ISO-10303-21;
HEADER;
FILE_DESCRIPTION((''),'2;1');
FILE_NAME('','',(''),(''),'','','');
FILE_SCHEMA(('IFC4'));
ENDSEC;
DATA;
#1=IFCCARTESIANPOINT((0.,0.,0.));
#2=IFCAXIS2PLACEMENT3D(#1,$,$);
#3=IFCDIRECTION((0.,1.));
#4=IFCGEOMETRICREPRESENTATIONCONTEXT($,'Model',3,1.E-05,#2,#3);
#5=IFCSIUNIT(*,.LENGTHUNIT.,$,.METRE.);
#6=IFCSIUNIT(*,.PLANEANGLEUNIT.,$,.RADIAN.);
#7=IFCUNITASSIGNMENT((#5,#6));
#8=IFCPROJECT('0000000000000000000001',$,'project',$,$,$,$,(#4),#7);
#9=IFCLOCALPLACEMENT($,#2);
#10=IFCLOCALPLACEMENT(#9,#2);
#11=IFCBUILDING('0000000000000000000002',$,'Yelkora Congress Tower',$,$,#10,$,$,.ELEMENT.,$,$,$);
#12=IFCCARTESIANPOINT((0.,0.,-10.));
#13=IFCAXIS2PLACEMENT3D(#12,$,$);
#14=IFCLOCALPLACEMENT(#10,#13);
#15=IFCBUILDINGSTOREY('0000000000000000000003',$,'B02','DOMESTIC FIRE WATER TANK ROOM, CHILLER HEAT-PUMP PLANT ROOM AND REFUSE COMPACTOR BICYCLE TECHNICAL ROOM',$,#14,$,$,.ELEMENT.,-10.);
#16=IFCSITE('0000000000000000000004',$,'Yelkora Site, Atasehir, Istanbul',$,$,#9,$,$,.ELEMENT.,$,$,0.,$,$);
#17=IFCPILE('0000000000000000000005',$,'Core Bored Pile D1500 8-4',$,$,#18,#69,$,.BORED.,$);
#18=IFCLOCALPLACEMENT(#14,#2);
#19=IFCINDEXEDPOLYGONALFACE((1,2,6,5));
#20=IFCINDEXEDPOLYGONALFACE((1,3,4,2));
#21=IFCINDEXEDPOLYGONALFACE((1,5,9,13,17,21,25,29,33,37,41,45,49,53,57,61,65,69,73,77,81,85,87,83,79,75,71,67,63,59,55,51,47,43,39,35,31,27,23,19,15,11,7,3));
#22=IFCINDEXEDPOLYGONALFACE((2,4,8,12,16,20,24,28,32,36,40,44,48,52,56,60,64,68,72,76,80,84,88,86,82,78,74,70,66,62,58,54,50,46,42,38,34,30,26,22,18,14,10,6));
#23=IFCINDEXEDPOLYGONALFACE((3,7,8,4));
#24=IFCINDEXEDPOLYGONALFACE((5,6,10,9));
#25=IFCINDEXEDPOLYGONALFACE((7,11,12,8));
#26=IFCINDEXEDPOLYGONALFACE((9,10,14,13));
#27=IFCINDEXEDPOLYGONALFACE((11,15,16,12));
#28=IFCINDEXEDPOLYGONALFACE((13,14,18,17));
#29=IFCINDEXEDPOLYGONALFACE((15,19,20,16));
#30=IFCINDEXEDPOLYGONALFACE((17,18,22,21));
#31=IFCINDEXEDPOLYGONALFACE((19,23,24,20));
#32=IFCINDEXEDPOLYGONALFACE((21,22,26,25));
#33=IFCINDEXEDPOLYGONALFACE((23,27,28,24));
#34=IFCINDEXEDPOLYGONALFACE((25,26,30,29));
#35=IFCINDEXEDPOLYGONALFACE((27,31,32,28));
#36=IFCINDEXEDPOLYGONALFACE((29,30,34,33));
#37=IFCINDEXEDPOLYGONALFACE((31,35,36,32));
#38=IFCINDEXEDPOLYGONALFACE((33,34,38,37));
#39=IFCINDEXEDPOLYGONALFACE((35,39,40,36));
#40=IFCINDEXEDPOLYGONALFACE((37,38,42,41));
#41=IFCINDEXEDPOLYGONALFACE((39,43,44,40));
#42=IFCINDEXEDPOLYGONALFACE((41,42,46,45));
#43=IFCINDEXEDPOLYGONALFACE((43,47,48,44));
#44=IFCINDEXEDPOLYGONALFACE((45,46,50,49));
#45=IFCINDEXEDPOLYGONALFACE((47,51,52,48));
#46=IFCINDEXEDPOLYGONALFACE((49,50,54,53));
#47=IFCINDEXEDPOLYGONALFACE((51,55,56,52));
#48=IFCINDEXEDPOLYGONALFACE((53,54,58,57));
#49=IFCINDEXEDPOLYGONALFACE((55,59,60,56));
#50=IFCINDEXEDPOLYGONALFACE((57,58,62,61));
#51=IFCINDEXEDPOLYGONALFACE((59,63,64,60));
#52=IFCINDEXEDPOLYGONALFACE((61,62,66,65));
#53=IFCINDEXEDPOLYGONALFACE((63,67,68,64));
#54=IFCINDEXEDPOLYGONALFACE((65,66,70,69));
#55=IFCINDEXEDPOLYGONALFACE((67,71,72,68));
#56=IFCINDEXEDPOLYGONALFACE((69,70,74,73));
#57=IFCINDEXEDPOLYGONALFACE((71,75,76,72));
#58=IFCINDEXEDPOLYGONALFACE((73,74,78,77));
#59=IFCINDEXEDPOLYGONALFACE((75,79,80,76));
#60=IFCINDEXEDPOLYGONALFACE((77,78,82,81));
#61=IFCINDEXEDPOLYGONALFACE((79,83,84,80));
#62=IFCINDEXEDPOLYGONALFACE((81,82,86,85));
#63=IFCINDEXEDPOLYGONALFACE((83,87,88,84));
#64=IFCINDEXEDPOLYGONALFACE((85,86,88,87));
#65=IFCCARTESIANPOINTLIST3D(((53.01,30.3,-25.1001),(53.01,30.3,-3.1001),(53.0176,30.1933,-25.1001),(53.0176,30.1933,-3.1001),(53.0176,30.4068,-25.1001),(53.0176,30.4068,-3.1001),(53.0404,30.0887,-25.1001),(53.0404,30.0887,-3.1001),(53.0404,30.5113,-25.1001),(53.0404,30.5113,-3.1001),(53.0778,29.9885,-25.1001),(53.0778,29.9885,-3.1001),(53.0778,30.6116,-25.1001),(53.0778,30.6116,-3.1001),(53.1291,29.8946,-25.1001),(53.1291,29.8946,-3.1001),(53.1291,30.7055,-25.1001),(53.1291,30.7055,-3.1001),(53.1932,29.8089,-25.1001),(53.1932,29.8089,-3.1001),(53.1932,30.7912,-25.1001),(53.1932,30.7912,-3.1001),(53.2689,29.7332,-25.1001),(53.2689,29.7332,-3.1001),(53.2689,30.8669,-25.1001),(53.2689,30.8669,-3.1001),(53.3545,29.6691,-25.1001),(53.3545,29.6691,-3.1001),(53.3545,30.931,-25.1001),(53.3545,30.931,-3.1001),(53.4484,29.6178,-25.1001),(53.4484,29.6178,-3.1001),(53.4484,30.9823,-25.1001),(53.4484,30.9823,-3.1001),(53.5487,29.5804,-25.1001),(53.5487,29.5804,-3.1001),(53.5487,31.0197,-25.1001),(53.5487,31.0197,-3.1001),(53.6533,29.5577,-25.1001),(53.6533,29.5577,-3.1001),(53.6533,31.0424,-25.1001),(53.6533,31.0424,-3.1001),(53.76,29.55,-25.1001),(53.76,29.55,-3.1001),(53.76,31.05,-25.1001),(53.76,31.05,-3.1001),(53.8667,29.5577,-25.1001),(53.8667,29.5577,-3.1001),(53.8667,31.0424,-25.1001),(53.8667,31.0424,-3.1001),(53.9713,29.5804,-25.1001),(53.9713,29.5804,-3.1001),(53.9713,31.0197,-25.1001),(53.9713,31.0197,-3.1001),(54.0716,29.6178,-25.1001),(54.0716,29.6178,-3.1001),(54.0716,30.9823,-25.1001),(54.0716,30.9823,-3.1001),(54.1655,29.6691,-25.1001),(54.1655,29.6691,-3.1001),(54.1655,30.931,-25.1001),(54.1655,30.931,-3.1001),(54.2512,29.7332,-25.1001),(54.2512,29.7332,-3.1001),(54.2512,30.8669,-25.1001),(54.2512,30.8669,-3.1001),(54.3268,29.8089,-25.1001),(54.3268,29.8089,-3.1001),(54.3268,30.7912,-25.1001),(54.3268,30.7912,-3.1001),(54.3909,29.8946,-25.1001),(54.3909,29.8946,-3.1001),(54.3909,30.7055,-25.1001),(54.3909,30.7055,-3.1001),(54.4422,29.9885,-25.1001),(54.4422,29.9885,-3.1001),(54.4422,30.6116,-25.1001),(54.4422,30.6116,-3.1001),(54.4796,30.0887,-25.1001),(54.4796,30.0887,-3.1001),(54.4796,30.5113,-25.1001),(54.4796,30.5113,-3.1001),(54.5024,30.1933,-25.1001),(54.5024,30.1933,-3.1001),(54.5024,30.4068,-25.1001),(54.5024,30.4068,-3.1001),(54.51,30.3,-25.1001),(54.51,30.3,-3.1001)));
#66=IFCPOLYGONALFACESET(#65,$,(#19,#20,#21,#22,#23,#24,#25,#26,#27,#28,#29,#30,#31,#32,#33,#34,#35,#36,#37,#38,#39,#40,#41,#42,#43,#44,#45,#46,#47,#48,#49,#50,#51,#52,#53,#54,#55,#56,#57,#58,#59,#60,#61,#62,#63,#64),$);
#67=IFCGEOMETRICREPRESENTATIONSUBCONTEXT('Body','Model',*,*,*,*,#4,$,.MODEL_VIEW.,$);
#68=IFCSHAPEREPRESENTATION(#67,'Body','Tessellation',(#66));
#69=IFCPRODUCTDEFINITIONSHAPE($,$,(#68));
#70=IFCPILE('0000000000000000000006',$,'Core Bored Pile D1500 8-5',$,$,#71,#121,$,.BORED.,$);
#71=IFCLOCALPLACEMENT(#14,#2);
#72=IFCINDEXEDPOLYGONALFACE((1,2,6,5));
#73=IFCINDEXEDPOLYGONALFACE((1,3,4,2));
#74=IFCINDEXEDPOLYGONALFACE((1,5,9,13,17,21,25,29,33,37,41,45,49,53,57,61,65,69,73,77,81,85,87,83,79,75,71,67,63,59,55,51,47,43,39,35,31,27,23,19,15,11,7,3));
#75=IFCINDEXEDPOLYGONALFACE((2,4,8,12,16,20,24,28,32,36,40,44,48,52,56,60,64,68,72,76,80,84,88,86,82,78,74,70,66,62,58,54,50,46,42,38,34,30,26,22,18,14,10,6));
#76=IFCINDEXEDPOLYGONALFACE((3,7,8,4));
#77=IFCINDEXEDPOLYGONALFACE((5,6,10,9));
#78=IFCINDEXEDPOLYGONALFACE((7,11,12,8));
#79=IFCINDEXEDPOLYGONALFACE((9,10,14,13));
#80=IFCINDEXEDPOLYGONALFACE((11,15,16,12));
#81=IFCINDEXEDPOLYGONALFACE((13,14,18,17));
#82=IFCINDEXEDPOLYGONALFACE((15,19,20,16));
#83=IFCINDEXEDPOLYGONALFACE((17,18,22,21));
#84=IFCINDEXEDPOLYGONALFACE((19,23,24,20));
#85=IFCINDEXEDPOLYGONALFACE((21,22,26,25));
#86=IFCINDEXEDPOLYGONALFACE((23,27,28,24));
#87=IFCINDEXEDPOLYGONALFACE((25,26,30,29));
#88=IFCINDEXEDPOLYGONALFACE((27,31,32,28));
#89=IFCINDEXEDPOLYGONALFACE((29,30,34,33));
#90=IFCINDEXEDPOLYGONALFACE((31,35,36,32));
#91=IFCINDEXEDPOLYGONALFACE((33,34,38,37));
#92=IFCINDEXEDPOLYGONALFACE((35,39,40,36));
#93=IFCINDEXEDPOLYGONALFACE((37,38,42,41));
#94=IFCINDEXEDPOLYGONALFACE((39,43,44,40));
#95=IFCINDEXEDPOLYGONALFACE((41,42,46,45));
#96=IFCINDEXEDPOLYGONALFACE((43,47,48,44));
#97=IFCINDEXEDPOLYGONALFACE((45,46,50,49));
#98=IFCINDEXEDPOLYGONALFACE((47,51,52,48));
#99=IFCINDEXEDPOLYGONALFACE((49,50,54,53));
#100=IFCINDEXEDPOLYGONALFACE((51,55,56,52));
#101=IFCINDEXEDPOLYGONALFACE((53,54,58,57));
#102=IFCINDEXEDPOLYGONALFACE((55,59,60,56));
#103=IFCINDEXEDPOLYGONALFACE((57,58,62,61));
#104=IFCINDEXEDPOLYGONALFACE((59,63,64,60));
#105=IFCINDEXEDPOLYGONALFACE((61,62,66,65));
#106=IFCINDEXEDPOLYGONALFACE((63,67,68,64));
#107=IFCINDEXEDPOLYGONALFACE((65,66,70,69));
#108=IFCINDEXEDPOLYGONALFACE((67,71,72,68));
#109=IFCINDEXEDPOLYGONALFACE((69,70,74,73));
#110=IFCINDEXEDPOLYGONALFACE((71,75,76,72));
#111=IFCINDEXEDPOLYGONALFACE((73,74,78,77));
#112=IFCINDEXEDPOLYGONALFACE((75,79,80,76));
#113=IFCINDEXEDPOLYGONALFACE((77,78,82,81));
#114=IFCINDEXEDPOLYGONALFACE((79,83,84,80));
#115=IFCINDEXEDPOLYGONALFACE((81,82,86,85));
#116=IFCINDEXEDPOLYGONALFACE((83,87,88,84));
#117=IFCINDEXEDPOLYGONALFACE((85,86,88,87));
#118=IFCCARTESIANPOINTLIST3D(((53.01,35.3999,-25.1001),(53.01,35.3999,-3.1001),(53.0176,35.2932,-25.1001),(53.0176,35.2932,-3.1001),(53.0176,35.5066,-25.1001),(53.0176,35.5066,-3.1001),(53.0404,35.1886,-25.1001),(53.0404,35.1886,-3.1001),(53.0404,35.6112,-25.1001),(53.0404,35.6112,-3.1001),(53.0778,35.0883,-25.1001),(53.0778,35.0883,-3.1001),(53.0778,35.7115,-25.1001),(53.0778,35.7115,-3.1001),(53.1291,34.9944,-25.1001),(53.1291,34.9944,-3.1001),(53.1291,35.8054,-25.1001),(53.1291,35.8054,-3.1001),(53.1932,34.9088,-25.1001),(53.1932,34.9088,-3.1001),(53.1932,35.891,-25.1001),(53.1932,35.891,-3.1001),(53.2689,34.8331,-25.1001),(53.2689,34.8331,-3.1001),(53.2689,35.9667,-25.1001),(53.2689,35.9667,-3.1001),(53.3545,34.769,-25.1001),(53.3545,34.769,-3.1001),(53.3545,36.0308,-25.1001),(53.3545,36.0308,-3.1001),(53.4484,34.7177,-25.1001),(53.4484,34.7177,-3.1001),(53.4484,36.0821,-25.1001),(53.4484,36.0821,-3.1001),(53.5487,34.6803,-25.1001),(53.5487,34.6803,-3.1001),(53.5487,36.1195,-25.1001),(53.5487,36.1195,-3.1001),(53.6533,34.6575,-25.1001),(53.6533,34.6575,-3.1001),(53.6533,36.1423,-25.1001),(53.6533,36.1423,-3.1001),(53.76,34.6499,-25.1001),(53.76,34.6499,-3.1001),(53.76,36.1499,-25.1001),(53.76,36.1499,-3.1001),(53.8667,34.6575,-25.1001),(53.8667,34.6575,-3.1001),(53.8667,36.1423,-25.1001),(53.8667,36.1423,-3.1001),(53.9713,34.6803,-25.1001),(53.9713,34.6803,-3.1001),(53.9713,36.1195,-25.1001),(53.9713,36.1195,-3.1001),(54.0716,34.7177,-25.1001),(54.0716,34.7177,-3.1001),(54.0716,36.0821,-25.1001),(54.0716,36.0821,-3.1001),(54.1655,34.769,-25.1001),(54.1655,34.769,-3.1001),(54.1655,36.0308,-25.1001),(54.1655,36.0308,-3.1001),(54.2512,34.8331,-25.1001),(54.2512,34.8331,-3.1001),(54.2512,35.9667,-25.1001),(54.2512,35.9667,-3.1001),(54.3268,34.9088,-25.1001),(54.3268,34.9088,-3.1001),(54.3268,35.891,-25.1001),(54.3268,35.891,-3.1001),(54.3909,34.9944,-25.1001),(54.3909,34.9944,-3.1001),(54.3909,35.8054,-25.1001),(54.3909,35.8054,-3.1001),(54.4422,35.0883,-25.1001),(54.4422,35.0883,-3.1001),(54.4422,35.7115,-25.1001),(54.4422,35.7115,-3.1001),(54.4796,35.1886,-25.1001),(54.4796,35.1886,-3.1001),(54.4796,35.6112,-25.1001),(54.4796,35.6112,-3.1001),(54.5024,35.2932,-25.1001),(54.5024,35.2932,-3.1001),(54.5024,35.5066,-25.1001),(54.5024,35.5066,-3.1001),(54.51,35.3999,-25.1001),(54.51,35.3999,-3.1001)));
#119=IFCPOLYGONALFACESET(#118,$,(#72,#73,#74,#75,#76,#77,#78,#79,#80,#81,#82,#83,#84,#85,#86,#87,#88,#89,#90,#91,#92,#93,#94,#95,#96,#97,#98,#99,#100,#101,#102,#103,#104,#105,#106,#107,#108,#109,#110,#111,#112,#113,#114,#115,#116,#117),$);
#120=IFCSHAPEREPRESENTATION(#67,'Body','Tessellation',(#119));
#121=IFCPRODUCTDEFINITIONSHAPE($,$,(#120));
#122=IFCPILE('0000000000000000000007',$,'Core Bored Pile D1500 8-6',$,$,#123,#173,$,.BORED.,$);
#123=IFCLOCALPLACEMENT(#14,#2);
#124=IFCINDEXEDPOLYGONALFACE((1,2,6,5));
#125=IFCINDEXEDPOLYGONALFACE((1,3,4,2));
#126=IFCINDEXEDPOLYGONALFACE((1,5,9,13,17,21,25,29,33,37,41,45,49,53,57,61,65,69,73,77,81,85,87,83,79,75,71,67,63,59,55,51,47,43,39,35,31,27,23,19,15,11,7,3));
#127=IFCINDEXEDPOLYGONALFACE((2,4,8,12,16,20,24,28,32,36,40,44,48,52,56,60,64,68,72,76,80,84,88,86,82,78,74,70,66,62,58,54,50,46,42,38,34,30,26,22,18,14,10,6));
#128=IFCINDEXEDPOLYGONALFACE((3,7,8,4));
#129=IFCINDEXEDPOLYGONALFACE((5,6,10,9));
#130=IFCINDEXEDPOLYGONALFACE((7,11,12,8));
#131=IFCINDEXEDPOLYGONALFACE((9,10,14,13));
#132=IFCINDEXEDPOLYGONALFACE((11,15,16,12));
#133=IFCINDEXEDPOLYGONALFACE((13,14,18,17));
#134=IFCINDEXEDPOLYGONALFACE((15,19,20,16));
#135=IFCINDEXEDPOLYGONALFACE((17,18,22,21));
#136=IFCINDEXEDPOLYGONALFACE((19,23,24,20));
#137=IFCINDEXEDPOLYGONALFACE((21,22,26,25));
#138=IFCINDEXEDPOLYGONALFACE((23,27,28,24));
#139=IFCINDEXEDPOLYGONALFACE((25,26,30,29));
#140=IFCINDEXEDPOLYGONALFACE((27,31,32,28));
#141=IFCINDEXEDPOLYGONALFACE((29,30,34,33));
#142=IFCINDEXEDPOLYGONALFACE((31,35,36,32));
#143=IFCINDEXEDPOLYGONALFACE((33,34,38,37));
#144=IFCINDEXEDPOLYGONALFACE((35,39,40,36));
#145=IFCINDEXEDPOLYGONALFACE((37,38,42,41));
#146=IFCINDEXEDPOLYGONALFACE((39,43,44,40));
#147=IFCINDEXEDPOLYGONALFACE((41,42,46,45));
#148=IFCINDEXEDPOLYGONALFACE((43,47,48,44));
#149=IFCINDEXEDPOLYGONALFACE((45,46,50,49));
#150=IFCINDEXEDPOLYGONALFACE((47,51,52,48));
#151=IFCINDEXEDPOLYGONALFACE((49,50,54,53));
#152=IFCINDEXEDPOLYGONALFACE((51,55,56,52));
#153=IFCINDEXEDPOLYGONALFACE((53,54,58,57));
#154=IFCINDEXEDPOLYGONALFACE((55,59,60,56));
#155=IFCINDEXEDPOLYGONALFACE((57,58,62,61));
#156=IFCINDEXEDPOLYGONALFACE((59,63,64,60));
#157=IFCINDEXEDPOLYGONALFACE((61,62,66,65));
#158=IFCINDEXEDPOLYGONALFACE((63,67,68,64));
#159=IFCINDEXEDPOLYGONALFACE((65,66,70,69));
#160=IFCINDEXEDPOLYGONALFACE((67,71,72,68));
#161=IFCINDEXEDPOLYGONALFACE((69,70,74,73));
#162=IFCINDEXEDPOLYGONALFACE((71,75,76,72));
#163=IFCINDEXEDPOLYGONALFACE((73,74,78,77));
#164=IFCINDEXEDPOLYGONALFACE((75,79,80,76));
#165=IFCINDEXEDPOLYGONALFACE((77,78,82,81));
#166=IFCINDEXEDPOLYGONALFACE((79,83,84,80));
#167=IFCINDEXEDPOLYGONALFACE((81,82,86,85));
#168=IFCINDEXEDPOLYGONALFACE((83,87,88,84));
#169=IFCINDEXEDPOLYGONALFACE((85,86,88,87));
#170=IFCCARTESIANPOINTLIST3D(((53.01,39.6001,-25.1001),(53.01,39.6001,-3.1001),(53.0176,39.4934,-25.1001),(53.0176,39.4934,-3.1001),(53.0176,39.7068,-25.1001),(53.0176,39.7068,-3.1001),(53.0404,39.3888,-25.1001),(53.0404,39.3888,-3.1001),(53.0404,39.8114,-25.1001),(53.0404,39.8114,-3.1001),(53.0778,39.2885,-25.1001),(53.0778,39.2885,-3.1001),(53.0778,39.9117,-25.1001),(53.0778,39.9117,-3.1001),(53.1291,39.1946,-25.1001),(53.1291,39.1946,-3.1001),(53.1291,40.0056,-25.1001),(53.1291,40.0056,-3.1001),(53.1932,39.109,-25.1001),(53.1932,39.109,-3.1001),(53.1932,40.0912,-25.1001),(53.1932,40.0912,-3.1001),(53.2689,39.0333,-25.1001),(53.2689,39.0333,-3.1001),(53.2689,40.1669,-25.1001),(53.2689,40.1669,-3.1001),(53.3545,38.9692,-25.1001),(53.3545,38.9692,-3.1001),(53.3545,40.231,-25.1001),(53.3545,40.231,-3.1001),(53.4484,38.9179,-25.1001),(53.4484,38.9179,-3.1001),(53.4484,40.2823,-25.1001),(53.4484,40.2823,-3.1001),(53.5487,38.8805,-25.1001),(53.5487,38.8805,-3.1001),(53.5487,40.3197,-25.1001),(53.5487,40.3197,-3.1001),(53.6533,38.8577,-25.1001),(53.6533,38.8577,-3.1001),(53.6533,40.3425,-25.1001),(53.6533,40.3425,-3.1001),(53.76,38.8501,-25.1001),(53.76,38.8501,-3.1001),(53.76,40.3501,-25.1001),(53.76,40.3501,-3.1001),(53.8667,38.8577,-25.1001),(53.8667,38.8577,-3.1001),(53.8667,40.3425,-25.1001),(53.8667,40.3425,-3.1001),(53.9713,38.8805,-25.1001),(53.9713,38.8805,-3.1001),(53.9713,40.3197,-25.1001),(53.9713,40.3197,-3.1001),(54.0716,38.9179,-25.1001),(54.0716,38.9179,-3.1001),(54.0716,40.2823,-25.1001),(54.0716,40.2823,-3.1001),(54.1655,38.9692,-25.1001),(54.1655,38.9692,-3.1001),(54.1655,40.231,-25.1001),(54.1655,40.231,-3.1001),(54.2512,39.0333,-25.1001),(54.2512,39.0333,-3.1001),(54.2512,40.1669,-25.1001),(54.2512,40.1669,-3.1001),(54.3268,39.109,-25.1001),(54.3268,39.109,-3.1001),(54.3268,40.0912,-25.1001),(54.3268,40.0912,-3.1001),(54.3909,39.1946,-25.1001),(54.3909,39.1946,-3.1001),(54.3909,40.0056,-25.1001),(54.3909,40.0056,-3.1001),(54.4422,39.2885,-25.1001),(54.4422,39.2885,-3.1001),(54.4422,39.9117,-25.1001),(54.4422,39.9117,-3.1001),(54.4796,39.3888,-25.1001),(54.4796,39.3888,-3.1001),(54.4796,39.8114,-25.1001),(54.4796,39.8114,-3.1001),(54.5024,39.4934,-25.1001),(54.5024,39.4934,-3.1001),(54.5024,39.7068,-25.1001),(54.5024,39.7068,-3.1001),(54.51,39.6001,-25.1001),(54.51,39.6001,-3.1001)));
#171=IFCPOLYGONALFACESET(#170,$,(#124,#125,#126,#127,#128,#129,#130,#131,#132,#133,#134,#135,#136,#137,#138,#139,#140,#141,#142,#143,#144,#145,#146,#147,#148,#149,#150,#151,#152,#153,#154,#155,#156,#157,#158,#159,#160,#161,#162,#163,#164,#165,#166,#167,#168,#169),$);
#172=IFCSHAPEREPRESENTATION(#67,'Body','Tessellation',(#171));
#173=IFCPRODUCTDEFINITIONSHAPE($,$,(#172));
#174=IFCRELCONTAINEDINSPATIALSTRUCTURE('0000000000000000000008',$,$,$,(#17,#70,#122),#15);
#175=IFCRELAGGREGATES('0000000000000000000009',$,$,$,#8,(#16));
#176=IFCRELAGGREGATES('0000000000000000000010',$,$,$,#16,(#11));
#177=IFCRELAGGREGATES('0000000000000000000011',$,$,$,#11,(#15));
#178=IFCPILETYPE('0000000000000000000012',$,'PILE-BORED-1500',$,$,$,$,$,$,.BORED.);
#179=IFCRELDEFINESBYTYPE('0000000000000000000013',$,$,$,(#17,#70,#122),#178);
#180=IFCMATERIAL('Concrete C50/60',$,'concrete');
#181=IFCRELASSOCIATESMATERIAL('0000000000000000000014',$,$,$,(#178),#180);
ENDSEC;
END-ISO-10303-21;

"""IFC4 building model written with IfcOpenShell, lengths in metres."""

from ifc_helpers import new_model, si_unit, direction, frame, origin, origin_2d, place, context, subcontext, project, spatial, circle, extrude, material, material_profile, profile_set, type_object, element, save


model = new_model("IFC4")

# Units and contexts
model_context = context("Model", 3, precision=1e-05, world=origin(), true_north=direction((0.0, 1.0)))
body_context = subcontext(model_context, "Body", "Model", "MODEL_VIEW")
ifc_project = project(units=[si_unit("LENGTHUNIT", "METRE"), si_unit("PLANEANGLEUNIT", "RADIAN")], contexts=[model_context])

# Site, building, storey
site_placement = place(None, origin())
site = spatial("IfcSite", under=ifc_project, at=site_placement, Name="Yelkora Site, Atasehir, Istanbul", CompositionType="ELEMENT", RefElevation=0.0)
building_placement = place(site_placement, origin())
building = spatial("IfcBuilding", under=site, at=building_placement, Name="Yelkora Congress Tower", CompositionType="ELEMENT")
storey_placement = place(building_placement, frame((0.0, 0.0, -10.0)))
storey = spatial("IfcBuildingStorey", under=building, at=storey_placement, Name="B02", Description="DOMESTIC FIRE WATER TANK ROOM, CHILLER HEAT-PUMP PLANT ROOM AND REFUSE COMPACTOR BICYCLE TECHNICAL ROOM", CompositionType="ELEMENT", Elevation=-10.0)

# Piles
ifc_material_1 = material(Name="Concrete C50/60", Category="concrete")
ifc_material_profile_1 = material_profile(ifc_material_1, circle(Radius=0.75, at=origin_2d()), Name="PILE D1500")
ifc_profile_set_1 = profile_set([ifc_material_profile_1], Name="Concrete C50/60")
pile_type = type_object("IfcPileType", Name="PILE-BORED-1500", PredefinedType="BORED", material=ifc_profile_set_1)
for number, where, z_axis, x_axis, name in (
    (1, (53.76, 30.3, -3.1001), (0.0, 0.0, -1.0), (1.0, 0.0, 0.0), "Core Bored Pile D1500 8-4"),
    (2, (53.76, 35.3999, -3.1001), (0.0, 0.0, -1.0), (1.0, 0.0, 0.0), "Core Bored Pile D1500 8-5"),
    (3, (53.76, 39.6001, -3.1001), (0.0, 0.0, -1.0), (1.0, 0.0, 0.0), "Core Bored Pile D1500 8-6"),
):
    element("IfcPile", number, at=place(storey_placement, frame(where, z_axis=z_axis, x_axis=x_axis)), inside=storey, type_object=pile_type, Name=name, PredefinedType="BORED", context=body_context, shape_type="SweptSolid", body=[
        extrude(circle(Radius=0.75, at=origin_2d()), origin(), (0.0, 0.0, 1.0), 22.0),
    ])

save(model, "model.ifc")
